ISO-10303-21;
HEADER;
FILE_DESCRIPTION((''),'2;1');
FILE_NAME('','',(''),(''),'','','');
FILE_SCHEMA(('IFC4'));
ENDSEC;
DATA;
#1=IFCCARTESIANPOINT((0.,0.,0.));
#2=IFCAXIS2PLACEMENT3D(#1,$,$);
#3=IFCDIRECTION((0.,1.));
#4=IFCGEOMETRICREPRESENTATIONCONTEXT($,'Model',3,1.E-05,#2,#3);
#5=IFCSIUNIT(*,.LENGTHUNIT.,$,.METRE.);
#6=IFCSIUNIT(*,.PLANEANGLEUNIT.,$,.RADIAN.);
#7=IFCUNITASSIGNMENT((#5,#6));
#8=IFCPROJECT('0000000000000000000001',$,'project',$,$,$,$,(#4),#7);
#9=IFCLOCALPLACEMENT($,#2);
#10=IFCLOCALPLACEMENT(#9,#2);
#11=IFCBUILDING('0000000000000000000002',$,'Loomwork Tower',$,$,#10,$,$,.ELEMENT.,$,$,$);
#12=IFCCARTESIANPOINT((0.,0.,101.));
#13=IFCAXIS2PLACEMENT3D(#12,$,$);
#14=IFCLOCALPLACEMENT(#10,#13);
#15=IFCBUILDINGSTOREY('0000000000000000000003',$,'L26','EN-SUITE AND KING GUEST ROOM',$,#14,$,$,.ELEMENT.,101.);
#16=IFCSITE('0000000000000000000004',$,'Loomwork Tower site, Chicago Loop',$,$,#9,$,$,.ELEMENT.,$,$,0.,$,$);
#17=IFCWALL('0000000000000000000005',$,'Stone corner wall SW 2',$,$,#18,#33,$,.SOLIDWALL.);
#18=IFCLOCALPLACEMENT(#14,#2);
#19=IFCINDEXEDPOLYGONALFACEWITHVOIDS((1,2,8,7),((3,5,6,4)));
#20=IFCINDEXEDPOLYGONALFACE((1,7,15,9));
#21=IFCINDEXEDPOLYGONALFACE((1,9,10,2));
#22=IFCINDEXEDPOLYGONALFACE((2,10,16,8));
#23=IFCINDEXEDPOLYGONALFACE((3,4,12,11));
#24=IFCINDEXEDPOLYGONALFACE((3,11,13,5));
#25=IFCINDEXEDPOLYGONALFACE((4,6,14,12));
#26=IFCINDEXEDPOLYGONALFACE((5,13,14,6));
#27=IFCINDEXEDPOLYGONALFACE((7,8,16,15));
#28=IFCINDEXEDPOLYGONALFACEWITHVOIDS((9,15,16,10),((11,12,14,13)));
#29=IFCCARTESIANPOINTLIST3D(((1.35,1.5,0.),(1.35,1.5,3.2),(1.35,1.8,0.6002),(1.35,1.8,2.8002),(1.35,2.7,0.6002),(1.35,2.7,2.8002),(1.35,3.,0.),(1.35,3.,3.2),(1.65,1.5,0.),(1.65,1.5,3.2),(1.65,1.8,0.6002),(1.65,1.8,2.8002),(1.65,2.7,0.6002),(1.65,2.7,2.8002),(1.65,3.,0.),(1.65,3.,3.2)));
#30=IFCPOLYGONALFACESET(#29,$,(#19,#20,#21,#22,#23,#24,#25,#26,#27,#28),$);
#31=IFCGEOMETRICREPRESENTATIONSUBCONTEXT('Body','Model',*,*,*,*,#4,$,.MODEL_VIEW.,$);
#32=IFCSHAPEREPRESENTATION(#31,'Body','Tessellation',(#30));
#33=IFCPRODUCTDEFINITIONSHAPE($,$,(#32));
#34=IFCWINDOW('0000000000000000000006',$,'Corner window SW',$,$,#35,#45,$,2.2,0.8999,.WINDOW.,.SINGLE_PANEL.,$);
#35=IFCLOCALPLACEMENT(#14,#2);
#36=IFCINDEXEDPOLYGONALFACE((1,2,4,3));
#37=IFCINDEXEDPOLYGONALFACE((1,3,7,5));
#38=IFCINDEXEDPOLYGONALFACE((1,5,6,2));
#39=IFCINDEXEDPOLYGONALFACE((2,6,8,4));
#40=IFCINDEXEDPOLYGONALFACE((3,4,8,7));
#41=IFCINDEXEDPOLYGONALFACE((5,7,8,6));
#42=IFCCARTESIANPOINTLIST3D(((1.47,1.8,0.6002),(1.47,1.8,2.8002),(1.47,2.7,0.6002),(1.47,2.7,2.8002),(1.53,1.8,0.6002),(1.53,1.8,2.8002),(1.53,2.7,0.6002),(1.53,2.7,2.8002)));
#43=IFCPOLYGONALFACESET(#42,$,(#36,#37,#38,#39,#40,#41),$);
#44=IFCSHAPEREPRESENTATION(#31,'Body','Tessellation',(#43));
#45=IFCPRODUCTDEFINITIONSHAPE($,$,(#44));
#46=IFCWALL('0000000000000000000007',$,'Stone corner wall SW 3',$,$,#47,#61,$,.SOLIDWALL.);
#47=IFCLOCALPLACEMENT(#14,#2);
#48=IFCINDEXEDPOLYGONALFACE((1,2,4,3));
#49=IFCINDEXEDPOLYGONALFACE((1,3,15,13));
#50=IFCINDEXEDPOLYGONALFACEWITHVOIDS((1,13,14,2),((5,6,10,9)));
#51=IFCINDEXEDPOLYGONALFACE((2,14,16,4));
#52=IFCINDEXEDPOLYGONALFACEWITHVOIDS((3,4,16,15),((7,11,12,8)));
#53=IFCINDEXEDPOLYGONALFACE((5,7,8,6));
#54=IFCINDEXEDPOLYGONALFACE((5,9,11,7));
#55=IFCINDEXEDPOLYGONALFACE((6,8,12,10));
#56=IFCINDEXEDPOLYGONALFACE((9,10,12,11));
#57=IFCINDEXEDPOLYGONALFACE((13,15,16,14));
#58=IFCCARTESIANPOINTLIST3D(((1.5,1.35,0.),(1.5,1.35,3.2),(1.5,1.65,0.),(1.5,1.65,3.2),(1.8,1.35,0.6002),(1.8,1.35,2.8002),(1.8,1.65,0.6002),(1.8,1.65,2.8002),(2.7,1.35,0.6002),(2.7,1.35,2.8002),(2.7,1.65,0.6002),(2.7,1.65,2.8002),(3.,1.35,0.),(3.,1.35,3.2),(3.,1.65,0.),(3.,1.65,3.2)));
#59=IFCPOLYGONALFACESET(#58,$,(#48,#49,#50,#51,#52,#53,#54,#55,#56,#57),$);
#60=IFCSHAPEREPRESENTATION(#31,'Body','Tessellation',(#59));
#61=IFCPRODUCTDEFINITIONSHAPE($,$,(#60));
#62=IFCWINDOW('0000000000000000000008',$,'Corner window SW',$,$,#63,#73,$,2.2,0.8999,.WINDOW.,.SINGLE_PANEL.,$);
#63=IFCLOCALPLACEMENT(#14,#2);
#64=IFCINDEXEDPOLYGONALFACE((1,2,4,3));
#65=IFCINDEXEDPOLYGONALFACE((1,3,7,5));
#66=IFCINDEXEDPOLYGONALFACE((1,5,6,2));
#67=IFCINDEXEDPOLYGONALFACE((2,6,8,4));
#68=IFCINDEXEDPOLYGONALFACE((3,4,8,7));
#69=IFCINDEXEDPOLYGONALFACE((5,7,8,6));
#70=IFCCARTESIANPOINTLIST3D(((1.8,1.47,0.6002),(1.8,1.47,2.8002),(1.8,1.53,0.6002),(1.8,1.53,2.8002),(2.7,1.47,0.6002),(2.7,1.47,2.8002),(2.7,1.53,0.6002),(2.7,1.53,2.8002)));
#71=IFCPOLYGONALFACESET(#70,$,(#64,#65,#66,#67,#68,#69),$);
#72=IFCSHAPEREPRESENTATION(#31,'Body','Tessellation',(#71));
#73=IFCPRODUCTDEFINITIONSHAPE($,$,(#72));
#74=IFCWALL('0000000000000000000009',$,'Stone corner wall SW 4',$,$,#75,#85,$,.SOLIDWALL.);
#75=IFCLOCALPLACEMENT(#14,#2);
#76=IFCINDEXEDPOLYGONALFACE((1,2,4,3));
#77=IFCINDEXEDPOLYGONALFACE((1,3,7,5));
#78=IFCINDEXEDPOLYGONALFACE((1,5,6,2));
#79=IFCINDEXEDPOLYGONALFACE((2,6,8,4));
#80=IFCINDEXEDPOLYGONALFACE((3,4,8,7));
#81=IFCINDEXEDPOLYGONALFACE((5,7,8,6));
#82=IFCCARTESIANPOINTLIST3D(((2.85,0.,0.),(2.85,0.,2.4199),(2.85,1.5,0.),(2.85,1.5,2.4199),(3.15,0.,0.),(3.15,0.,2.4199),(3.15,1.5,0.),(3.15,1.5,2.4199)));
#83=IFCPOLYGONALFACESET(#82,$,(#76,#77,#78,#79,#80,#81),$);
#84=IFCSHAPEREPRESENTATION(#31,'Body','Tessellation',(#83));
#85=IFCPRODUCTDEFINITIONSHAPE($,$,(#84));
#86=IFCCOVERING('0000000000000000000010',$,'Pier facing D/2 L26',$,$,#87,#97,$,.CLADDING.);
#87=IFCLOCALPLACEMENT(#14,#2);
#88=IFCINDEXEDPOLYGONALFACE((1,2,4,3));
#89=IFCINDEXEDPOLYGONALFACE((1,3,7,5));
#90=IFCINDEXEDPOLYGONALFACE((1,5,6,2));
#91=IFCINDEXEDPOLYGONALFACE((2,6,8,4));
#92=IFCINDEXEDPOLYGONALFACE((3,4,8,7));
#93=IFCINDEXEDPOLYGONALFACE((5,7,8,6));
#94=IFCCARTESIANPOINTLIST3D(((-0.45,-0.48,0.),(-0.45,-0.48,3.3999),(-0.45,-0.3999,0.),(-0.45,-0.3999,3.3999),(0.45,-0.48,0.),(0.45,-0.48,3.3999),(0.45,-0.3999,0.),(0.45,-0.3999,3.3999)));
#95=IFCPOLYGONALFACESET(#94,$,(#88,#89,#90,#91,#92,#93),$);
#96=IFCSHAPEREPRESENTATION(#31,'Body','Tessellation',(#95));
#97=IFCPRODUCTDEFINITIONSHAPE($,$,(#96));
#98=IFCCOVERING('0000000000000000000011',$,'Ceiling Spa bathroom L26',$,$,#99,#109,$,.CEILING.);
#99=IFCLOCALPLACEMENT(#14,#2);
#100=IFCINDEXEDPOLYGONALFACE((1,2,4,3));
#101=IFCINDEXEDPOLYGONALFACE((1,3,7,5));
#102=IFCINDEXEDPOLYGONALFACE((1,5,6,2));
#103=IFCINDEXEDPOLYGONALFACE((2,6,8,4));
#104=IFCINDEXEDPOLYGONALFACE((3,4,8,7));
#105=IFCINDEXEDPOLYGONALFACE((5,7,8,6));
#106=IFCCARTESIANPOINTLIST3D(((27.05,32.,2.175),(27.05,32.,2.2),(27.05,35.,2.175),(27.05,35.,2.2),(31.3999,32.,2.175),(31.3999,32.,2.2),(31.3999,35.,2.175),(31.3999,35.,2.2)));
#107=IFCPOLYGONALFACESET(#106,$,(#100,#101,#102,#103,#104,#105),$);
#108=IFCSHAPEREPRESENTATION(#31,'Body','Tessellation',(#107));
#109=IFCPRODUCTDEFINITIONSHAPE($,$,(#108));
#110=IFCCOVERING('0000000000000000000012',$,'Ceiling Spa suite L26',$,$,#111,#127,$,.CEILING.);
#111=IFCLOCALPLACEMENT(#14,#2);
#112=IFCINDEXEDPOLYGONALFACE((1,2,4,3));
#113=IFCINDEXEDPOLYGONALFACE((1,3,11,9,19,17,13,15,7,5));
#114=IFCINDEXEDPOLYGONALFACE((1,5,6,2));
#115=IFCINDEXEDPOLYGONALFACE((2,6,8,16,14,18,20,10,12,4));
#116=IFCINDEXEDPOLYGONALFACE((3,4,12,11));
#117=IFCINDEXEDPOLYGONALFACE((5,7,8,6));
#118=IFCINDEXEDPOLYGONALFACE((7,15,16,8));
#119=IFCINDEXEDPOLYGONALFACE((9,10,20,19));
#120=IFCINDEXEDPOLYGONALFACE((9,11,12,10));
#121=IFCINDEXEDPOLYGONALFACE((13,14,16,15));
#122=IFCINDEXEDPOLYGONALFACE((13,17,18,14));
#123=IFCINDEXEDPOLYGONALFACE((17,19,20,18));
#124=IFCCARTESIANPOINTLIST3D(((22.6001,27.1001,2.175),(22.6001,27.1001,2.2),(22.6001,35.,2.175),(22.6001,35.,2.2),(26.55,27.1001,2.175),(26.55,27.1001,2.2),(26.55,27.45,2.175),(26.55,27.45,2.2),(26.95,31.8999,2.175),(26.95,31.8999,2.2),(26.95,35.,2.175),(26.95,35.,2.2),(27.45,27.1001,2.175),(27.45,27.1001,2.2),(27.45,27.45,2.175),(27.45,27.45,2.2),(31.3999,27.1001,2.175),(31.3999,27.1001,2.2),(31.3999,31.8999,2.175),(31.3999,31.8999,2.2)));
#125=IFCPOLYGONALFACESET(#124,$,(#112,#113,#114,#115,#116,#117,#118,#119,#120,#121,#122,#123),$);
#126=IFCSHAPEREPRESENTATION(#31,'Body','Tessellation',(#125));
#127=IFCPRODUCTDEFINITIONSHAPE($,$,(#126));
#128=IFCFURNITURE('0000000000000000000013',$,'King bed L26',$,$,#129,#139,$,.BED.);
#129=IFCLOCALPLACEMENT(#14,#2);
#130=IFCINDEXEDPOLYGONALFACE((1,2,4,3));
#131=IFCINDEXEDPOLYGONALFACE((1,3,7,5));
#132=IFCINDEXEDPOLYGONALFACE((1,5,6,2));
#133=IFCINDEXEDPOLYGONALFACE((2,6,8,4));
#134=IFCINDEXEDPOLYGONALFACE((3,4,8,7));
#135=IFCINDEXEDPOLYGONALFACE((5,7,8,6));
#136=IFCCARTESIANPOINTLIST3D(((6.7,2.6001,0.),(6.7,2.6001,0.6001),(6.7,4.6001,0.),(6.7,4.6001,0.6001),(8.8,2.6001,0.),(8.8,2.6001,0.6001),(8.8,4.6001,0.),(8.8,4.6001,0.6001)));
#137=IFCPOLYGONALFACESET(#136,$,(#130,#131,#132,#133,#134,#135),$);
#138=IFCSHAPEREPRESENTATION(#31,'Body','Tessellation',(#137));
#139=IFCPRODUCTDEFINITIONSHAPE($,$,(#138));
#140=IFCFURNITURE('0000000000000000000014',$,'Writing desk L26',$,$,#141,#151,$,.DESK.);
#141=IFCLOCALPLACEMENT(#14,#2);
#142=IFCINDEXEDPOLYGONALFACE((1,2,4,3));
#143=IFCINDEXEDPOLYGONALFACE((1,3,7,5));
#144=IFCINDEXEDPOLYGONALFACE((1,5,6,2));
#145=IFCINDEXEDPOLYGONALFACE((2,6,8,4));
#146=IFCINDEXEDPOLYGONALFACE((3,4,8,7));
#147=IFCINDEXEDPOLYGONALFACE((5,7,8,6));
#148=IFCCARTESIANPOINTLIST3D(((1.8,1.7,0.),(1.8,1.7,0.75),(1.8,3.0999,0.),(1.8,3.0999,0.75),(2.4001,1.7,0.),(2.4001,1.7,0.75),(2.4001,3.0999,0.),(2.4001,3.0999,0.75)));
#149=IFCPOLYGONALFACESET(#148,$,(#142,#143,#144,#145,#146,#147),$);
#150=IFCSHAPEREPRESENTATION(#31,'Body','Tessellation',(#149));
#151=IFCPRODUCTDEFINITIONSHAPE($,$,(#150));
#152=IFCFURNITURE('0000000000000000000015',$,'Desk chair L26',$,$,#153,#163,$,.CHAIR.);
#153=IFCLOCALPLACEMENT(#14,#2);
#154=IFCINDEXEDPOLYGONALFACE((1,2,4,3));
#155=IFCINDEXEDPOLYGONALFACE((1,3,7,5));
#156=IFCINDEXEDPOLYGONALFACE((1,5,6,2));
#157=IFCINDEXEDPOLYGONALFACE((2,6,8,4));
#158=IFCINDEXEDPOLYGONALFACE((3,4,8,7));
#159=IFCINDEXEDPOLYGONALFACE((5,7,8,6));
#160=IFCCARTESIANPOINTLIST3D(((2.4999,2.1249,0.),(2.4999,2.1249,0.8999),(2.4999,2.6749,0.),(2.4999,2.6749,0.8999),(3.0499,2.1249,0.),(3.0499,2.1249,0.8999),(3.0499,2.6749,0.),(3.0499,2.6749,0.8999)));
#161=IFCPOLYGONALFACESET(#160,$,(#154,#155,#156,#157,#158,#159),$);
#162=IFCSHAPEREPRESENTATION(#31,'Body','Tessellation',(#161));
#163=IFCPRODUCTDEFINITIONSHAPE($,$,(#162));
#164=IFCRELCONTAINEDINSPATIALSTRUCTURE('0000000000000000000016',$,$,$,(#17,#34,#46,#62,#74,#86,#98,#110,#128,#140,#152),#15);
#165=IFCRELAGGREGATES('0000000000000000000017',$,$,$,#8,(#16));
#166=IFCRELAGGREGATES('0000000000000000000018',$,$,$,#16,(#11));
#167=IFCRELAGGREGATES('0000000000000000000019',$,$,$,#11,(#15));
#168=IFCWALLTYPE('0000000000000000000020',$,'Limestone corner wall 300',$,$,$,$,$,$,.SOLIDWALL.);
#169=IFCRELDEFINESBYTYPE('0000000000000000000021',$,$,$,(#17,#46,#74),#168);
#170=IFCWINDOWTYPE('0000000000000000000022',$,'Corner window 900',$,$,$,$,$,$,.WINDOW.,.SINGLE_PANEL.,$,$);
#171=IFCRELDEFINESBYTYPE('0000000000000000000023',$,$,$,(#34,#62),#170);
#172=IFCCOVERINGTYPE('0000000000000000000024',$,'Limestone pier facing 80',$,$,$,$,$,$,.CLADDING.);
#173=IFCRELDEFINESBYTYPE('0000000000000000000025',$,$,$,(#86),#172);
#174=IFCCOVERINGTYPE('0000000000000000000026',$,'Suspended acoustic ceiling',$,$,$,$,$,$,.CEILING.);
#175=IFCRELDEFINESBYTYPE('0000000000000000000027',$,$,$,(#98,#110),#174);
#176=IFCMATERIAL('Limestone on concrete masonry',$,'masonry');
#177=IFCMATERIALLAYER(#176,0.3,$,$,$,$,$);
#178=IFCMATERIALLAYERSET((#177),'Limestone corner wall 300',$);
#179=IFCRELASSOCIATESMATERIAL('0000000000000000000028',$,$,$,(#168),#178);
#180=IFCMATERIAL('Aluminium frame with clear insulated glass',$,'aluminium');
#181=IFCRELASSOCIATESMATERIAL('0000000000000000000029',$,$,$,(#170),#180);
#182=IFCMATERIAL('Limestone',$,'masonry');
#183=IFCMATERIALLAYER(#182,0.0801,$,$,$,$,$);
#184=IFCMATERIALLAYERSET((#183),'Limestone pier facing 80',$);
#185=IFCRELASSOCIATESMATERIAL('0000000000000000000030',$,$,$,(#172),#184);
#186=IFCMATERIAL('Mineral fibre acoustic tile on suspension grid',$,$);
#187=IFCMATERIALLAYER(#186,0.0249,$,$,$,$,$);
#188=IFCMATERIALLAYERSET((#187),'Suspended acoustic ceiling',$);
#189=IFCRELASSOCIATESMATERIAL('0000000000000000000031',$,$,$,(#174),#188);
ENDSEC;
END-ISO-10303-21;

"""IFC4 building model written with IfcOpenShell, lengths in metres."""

from ifc_helpers import new_model, si_unit, direction, frame, frame_2d, origin, origin_2d, place, context, subcontext, project, spatial, polyline, rectangle, outline, extrude, material, layer, layer_set, type_object, element, fill, save


model = new_model("IFC4")

# Units and contexts
model_context = context("Model", 3, precision=1e-05, world=origin(), true_north=direction((0.0, 1.0)))
body_context = subcontext(model_context, "Body", "Model", "MODEL_VIEW")
ifc_project = project(units=[si_unit("LENGTHUNIT", "METRE"), si_unit("PLANEANGLEUNIT", "RADIAN")], contexts=[model_context])

# Site, building, storey
site_placement = place(None, origin())
site = spatial("IfcSite", under=ifc_project, at=site_placement, Name="Loomwork Tower site, Chicago Loop", CompositionType="ELEMENT", RefElevation=0.0)
building_placement = place(site_placement, origin())
building = spatial("IfcBuilding", under=site, at=building_placement, Name="Loomwork Tower", CompositionType="ELEMENT")
storey_placement = place(building_placement, frame((0.0, 0.0, 101.0)))
storey = spatial("IfcBuildingStorey", under=building, at=storey_placement, Name="L26", Description="EN-SUITE AND KING GUEST ROOM", CompositionType="ELEMENT", Elevation=101.0)

# Shared definitions
ifc_material_1 = material(Name="Limestone on concrete masonry", Category="masonry")
ifc_layer_1 = layer(ifc_material_1, 0.3)
ifc_layer_set_1 = layer_set([ifc_layer_1], Name="Limestone corner wall 300")
wall_type_1 = type_object("IfcWallType", Name="Limestone corner wall 300", PredefinedType="SOLIDWALL", material=ifc_layer_set_1)

# Walls, openings, windows
wall_1_placement = place(storey_placement, frame((1.5, 3.0, 0.0), z_axis=(0.0, 0.0, 1.0), x_axis=(0.0, -1.0, 0.0)))
wall_1 = element("IfcWall", 1, at=wall_1_placement, inside=storey, type_object=wall_type_1, Name="Stone corner wall SW 2", PredefinedType="SOLIDWALL", context=body_context, shape_type="SweptSolid", body=[
    extrude(rectangle(XDim=1.5, YDim=0.3, at=frame_2d((0.75, 0.0))), origin(), (0.0, 0.0, 1.0), 3.2),
])
opening_1_placement = place(wall_1_placement, frame((0.3, 0.0, 0.6001)))
opening_1 = element("IfcOpeningElement", 2, at=opening_1_placement, cuts=wall_1, PredefinedType="OPENING", context=body_context, shape_type="SweptSolid", body=[
    extrude(rectangle(XDim=0.8999, YDim=2.2, at=frame_2d((0.45, 1.1001))), frame((0.0, 0.1599, 0.0), z_axis=(0.0, -1.0, 0.0), x_axis=(1.0, 0.0, 0.0)), (0.0, 0.0, 1.0), 0.3201),
])
ifc_material_2 = material(Name="Aluminium frame with clear insulated glass", Category="aluminium")
window_type_1 = type_object("IfcWindowType", Name="Corner window 900", PartitioningType="SINGLE_PANEL", PredefinedType="WINDOW", material=ifc_material_2)
window_1_placement = place(opening_1_placement, origin())
window_1 = element("IfcWindow", 3, at=window_1_placement, inside=storey, type_object=window_type_1, Name="Corner window SW", OverallHeight=2.2, OverallWidth=0.8999, PartitioningType="SINGLE_PANEL", PredefinedType="WINDOW", context=body_context, shape_type="SweptSolid", body=[
    extrude(rectangle(XDim=0.8999, YDim=2.2, at=frame_2d((0.45, 1.1001))), frame((0.0, 0.03, 0.0), z_axis=(0.0, -1.0, 0.0), x_axis=(1.0, 0.0, 0.0)), (0.0, 0.0, 1.0), 0.0601),
])
fill(opening_1, window_1)
wall_2_placement = place(storey_placement, frame((1.5, 1.5, 0.0), z_axis=(0.0, 0.0, 1.0), x_axis=(1.0, 0.0, 0.0)))
wall_2 = element("IfcWall", 4, at=wall_2_placement, inside=storey, type_object=wall_type_1, Name="Stone corner wall SW 3", PredefinedType="SOLIDWALL", context=body_context, shape_type="SweptSolid", body=[
    extrude(rectangle(XDim=1.5, YDim=0.3, at=frame_2d((0.75, 0.0))), origin(), (0.0, 0.0, 1.0), 3.2),
])
opening_2_placement = place(wall_2_placement, frame((0.3, 0.0, 0.6001)))
opening_2 = element("IfcOpeningElement", 5, at=opening_2_placement, cuts=wall_2, PredefinedType="OPENING", context=body_context, shape_type="SweptSolid", body=[
    extrude(rectangle(XDim=0.8999, YDim=2.2, at=frame_2d((0.45, 1.1001))), frame((0.0, 0.1599, 0.0), z_axis=(0.0, -1.0, 0.0), x_axis=(1.0, 0.0, 0.0)), (0.0, 0.0, 1.0), 0.3201),
])
window_2_placement = place(opening_2_placement, origin())
window_2 = element("IfcWindow", 6, at=window_2_placement, inside=storey, type_object=window_type_1, Name="Corner window SW", OverallHeight=2.2, OverallWidth=0.8999, PartitioningType="SINGLE_PANEL", PredefinedType="WINDOW", context=body_context, shape_type="SweptSolid", body=[
    extrude(rectangle(XDim=0.8999, YDim=2.2, at=frame_2d((0.45, 1.1001))), frame((0.0, 0.03, 0.0), z_axis=(0.0, -1.0, 0.0), x_axis=(1.0, 0.0, 0.0)), (0.0, 0.0, 1.0), 0.0601),
])
fill(opening_2, window_2)

# Wall
wall_3_placement = place(storey_placement, frame((3.0, 1.5, 0.0), z_axis=(0.0, 0.0, 1.0), x_axis=(0.0, -1.0, 0.0)))
element("IfcWall", 7, at=wall_3_placement, inside=storey, type_object=wall_type_1, Name="Stone corner wall SW 4", PredefinedType="SOLIDWALL", context=body_context, shape_type="SweptSolid", body=[
    extrude(rectangle(XDim=1.5, YDim=0.3, at=frame_2d((0.75, 0.0))), origin(), (0.0, 0.0, 1.0), 2.4199),
])

# Coverings
ifc_material_3 = material(Name="Limestone", Category="masonry")
ifc_layer_2 = layer(ifc_material_3, 0.0801)
ifc_layer_set_2 = layer_set([ifc_layer_2], Name="Limestone pier facing 80")
covering_type_1 = type_object("IfcCoveringType", Name="Limestone pier facing 80", PredefinedType="CLADDING", material=ifc_layer_set_2)
covering_1_placement = place(storey_placement, frame((0.0, -0.4399, 0.0), z_axis=(0.0, 0.0, 1.0), x_axis=(1.0, 0.0, 0.0)))
element("IfcCovering", 8, at=covering_1_placement, inside=storey, type_object=covering_type_1, Name="Pier facing D/2 L26", PredefinedType="CLADDING", context=body_context, shape_type="SweptSolid", body=[
    extrude(rectangle(XDim=0.8999, YDim=0.0801, at=origin_2d()), origin(), (0.0, 0.0, 1.0), 3.3999),
])
ifc_material_4 = material(Name="Mineral fibre acoustic tile on suspension grid")
ifc_layer_3 = layer(ifc_material_4, 0.0249)
ifc_layer_set_3 = layer_set([ifc_layer_3], Name="Suspended acoustic ceiling")
covering_type_2 = type_object("IfcCoveringType", Name="Suspended acoustic ceiling", PredefinedType="CEILING", material=ifc_layer_set_3)
covering_2_placement = place(storey_placement, frame((0.0, 0.0, 2.175)))
element("IfcCovering", 9, at=covering_2_placement, inside=storey, type_object=covering_type_2, Name="Ceiling Spa bathroom L26", PredefinedType="CEILING", context=body_context, shape_type="SweptSolid", body=[
    extrude(outline(polyline([(27.05, 35.0), (31.3999, 35.0), (31.3999, 32.0), (27.05, 32.0), (27.05, 35.0)])), origin(), (0.0, 0.0, 1.0), 0.0249),
])
covering_3_placement = place(storey_placement, frame((0.0, 0.0, 2.175)))
element("IfcCovering", 10, at=covering_3_placement, inside=storey, type_object=covering_type_2, Name="Ceiling Spa suite L26", PredefinedType="CEILING", context=body_context, shape_type="SweptSolid", body=[
    extrude(outline(polyline([(22.6001, 35.0), (26.95, 35.0), (26.95, 31.8999), (31.3999, 31.8999), (31.3999, 27.1001), (27.45, 27.1001), (27.45, 27.45), (26.55, 27.45), (26.55, 27.1001), (22.6001, 27.1001), (22.6001, 35.0)])), origin(), (0.0, 0.0, 1.0), 0.0249),
])

# Furniture
furniture_1_placement = place(storey_placement, frame((7.75, 3.6001, 0.0), z_axis=(0.0, 0.0, 1.0), x_axis=(1.0, 0.0, 0.0)))
element("IfcFurniture", 11, at=furniture_1_placement, inside=storey, Name="King bed L26", PredefinedType="BED", context=body_context, shape_type="SweptSolid", body=[
    extrude(rectangle(XDim=2.1001, YDim=2.0, at=origin_2d()), origin(), (0.0, 0.0, 1.0), 0.6001),
])
furniture_2_placement = place(storey_placement, frame((2.1001, 2.3999, 0.0), z_axis=(0.0, 0.0, 1.0), x_axis=(1.0, 0.0, 0.0)))
element("IfcFurniture", 12, at=furniture_2_placement, inside=storey, Name="Writing desk L26", PredefinedType="DESK", context=body_context, shape_type="SweptSolid", body=[
    extrude(rectangle(XDim=0.6001, YDim=1.3999, at=origin_2d()), origin(), (0.0, 0.0, 1.0), 0.75),
])
furniture_3_placement = place(storey_placement, frame((2.7749, 2.3999, 0.0), z_axis=(0.0, 0.0, 1.0), x_axis=(1.0, 0.0, 0.0)))
element("IfcFurniture", 13, at=furniture_3_placement, inside=storey, Name="Desk chair L26", PredefinedType="CHAIR", context=body_context, shape_type="SweptSolid", body=[
    extrude(rectangle(XDim=0.55, YDim=0.55, at=origin_2d()), origin(), (0.0, 0.0, 1.0), 0.8999),
])

save(model, "model.ifc")
